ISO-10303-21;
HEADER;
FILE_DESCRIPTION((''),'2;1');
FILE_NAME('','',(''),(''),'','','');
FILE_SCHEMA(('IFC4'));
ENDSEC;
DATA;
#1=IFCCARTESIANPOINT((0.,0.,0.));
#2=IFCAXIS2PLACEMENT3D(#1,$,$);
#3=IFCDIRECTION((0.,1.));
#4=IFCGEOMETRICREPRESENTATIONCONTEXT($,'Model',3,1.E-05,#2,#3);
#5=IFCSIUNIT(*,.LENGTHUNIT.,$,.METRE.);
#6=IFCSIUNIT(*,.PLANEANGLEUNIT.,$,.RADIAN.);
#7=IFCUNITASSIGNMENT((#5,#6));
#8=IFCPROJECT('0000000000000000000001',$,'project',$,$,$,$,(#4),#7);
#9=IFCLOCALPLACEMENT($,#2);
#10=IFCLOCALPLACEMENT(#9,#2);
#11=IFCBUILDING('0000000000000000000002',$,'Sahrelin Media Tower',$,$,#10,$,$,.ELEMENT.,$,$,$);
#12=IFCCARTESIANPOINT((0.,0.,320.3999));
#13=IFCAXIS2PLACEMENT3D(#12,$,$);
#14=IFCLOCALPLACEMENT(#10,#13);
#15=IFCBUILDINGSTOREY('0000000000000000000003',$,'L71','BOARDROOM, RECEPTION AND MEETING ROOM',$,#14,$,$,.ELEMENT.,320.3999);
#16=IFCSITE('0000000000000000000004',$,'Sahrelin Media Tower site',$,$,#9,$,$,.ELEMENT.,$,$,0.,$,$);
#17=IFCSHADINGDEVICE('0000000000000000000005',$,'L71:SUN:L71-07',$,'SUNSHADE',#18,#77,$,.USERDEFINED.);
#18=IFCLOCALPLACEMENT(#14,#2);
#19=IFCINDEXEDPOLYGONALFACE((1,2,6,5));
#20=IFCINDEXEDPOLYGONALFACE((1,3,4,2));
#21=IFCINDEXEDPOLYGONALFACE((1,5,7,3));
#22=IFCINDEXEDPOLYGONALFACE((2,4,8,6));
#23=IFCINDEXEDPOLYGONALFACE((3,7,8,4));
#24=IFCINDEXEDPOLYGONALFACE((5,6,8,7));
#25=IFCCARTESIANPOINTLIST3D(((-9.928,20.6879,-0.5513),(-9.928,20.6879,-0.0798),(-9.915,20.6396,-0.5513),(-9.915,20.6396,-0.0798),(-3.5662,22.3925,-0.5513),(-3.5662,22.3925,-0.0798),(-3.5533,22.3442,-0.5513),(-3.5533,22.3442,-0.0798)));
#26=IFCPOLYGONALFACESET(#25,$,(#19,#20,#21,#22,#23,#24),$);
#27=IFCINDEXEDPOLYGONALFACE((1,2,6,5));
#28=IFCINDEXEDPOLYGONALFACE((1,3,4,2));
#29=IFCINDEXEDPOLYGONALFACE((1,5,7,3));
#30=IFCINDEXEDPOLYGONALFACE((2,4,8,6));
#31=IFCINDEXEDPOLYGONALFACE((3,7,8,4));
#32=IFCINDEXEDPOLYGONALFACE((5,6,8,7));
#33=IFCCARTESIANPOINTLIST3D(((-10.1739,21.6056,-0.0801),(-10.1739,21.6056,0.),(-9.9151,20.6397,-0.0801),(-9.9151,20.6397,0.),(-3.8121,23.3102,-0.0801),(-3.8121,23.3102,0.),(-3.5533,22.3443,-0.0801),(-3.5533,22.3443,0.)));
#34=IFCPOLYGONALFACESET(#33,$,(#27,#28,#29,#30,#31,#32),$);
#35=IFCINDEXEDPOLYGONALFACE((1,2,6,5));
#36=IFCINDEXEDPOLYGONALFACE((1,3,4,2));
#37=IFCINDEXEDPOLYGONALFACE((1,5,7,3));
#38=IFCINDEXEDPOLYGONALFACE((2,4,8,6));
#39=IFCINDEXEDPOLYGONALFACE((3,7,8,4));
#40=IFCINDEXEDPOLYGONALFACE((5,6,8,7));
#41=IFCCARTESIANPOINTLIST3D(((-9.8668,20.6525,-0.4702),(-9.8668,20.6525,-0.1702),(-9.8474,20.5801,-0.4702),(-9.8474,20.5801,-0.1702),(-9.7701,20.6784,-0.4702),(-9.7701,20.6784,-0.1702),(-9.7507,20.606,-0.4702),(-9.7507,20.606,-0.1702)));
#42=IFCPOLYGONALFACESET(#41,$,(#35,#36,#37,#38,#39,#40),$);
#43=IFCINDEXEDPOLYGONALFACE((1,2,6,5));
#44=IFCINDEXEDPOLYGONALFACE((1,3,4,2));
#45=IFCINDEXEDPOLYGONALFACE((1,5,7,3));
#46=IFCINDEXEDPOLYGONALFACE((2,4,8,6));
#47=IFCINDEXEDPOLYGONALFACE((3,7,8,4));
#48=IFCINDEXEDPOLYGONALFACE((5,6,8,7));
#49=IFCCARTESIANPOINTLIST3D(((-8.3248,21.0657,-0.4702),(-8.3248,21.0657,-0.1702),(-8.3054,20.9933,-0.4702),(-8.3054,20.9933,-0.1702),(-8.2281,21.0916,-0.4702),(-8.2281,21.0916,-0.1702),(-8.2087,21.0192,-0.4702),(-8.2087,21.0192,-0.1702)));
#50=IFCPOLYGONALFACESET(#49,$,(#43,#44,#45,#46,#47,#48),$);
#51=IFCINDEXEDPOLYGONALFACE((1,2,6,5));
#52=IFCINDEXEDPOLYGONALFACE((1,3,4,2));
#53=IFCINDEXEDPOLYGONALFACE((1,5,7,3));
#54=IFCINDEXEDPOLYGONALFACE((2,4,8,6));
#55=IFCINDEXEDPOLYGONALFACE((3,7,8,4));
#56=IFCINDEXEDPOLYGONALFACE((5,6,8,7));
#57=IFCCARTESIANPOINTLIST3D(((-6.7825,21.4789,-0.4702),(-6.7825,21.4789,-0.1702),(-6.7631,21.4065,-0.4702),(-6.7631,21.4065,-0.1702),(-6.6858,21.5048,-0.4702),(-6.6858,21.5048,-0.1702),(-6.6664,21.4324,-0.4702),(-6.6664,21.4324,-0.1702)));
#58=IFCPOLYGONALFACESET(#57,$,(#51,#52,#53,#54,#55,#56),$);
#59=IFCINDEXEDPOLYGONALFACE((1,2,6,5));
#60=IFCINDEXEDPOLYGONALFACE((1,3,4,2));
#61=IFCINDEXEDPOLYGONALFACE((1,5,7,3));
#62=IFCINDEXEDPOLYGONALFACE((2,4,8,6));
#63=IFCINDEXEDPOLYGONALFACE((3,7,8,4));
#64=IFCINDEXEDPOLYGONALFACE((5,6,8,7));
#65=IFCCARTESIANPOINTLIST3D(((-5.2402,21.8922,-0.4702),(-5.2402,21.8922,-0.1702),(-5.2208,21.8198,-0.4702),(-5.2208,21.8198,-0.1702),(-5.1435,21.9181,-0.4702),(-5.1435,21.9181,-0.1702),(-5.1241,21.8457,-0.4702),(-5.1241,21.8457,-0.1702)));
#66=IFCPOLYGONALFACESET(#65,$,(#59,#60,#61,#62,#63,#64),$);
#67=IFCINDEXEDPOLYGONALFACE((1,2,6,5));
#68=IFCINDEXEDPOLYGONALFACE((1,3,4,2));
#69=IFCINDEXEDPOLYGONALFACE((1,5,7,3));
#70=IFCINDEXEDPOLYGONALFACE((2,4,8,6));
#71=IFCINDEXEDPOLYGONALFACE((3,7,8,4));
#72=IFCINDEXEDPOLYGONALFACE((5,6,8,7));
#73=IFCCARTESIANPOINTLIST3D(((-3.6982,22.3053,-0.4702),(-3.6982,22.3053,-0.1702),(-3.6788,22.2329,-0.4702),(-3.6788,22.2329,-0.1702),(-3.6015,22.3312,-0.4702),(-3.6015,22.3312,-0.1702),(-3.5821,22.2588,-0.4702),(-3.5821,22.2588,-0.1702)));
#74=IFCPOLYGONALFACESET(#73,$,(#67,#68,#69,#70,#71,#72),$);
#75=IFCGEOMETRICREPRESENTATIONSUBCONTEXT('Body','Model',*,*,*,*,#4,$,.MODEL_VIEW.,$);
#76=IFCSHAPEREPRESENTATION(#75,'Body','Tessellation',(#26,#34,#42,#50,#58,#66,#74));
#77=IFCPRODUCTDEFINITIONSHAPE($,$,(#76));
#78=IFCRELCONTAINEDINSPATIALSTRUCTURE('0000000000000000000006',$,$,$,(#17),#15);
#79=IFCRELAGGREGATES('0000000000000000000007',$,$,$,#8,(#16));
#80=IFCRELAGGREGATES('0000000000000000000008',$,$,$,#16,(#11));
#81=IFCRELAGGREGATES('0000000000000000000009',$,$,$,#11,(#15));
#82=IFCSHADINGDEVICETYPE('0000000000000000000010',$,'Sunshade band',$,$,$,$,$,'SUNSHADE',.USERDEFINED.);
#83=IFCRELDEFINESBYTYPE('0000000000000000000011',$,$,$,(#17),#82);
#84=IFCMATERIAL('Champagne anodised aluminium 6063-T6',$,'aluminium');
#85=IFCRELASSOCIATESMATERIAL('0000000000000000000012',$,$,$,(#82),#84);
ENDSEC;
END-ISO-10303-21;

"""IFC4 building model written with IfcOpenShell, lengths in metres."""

from ifc_helpers import new_model, si_unit, direction, frame, origin, origin_2d, place, context, subcontext, project, spatial, rectangle, extrude, material, type_object, element, save


model = new_model("IFC4")

# Units and contexts
model_context = context("Model", 3, precision=1e-05, world=origin(), true_north=direction((0.0, 1.0)))
body_context = subcontext(model_context, "Body", "Model", "MODEL_VIEW")
ifc_project = project(units=[si_unit("LENGTHUNIT", "METRE"), si_unit("PLANEANGLEUNIT", "RADIAN")], contexts=[model_context])

# Site, building, storey
site_placement = place(None, origin())
site = spatial("IfcSite", under=ifc_project, at=site_placement, Name="Sahrelin Media Tower site", CompositionType="ELEMENT", RefElevation=0.0)
building_placement = place(site_placement, origin())
building = spatial("IfcBuilding", under=site, at=building_placement, Name="Sahrelin Media Tower", CompositionType="ELEMENT")
storey_placement = place(building_placement, frame((0.0, 0.0, 320.3999)))
storey = spatial("IfcBuildingStorey", under=building, at=storey_placement, Name="L71", Description="BOARDROOM, RECEPTION AND MEETING ROOM", CompositionType="ELEMENT", Elevation=320.3999)

# Shared definitions
ifc_material_1 = material(Name="Champagne anodised aluminium 6063-T6", Category="aluminium")

# Shading device
placement = place(storey_placement, frame((-6.729, 21.4727, 0.0), z_axis=(0.0, 0.0, 1.0), x_axis=(0.965929, 0.258808, 0.0)))
shading_device_type_1 = type_object("IfcShadingDeviceType", Name="Sunshade band", ElementType="SUNSHADE", PredefinedType="USERDEFINED", material=ifc_material_1)
element("IfcShadingDevice", 1, at=placement, inside=storey, type_object=shading_device_type_1, Name="L71:SUN:L71-07", ObjectType="SUNSHADE", PredefinedType="USERDEFINED", context=body_context, shape_type="SweptSolid", body=[
    extrude(rectangle(XDim=6.5862, YDim=0.05, at=origin_2d()), frame((0.0, 0.0449, -0.5513)), (0.0, 0.0, 1.0), 0.4714),
    extrude(rectangle(XDim=6.5862, YDim=1.0, at=origin_2d()), frame((0.0, 0.52, -0.0801)), (0.0, 0.0, 1.0), 0.0801),
    extrude(rectangle(XDim=0.1001, YDim=0.075, at=origin_2d()), frame((-3.1931, -0.0176, -0.4702)), (0.0, 0.0, 1.0), 0.3),
    extrude(rectangle(XDim=0.1001, YDim=0.075, at=origin_2d()), frame((-1.5967, -0.0176, -0.4702)), (0.0, 0.0, 1.0), 0.3),
    extrude(rectangle(XDim=0.1001, YDim=0.075, at=origin_2d()), frame((0.0, -0.0176, -0.4702)), (0.0, 0.0, 1.0), 0.3),
    extrude(rectangle(XDim=0.1001, YDim=0.075, at=origin_2d()), frame((1.5967, -0.0176, -0.4702)), (0.0, 0.0, 1.0), 0.3),
    extrude(rectangle(XDim=0.1001, YDim=0.075, at=origin_2d()), frame((3.1931, -0.0176, -0.4702)), (0.0, 0.0, 1.0), 0.3),
])

save(model, "model.ifc")
